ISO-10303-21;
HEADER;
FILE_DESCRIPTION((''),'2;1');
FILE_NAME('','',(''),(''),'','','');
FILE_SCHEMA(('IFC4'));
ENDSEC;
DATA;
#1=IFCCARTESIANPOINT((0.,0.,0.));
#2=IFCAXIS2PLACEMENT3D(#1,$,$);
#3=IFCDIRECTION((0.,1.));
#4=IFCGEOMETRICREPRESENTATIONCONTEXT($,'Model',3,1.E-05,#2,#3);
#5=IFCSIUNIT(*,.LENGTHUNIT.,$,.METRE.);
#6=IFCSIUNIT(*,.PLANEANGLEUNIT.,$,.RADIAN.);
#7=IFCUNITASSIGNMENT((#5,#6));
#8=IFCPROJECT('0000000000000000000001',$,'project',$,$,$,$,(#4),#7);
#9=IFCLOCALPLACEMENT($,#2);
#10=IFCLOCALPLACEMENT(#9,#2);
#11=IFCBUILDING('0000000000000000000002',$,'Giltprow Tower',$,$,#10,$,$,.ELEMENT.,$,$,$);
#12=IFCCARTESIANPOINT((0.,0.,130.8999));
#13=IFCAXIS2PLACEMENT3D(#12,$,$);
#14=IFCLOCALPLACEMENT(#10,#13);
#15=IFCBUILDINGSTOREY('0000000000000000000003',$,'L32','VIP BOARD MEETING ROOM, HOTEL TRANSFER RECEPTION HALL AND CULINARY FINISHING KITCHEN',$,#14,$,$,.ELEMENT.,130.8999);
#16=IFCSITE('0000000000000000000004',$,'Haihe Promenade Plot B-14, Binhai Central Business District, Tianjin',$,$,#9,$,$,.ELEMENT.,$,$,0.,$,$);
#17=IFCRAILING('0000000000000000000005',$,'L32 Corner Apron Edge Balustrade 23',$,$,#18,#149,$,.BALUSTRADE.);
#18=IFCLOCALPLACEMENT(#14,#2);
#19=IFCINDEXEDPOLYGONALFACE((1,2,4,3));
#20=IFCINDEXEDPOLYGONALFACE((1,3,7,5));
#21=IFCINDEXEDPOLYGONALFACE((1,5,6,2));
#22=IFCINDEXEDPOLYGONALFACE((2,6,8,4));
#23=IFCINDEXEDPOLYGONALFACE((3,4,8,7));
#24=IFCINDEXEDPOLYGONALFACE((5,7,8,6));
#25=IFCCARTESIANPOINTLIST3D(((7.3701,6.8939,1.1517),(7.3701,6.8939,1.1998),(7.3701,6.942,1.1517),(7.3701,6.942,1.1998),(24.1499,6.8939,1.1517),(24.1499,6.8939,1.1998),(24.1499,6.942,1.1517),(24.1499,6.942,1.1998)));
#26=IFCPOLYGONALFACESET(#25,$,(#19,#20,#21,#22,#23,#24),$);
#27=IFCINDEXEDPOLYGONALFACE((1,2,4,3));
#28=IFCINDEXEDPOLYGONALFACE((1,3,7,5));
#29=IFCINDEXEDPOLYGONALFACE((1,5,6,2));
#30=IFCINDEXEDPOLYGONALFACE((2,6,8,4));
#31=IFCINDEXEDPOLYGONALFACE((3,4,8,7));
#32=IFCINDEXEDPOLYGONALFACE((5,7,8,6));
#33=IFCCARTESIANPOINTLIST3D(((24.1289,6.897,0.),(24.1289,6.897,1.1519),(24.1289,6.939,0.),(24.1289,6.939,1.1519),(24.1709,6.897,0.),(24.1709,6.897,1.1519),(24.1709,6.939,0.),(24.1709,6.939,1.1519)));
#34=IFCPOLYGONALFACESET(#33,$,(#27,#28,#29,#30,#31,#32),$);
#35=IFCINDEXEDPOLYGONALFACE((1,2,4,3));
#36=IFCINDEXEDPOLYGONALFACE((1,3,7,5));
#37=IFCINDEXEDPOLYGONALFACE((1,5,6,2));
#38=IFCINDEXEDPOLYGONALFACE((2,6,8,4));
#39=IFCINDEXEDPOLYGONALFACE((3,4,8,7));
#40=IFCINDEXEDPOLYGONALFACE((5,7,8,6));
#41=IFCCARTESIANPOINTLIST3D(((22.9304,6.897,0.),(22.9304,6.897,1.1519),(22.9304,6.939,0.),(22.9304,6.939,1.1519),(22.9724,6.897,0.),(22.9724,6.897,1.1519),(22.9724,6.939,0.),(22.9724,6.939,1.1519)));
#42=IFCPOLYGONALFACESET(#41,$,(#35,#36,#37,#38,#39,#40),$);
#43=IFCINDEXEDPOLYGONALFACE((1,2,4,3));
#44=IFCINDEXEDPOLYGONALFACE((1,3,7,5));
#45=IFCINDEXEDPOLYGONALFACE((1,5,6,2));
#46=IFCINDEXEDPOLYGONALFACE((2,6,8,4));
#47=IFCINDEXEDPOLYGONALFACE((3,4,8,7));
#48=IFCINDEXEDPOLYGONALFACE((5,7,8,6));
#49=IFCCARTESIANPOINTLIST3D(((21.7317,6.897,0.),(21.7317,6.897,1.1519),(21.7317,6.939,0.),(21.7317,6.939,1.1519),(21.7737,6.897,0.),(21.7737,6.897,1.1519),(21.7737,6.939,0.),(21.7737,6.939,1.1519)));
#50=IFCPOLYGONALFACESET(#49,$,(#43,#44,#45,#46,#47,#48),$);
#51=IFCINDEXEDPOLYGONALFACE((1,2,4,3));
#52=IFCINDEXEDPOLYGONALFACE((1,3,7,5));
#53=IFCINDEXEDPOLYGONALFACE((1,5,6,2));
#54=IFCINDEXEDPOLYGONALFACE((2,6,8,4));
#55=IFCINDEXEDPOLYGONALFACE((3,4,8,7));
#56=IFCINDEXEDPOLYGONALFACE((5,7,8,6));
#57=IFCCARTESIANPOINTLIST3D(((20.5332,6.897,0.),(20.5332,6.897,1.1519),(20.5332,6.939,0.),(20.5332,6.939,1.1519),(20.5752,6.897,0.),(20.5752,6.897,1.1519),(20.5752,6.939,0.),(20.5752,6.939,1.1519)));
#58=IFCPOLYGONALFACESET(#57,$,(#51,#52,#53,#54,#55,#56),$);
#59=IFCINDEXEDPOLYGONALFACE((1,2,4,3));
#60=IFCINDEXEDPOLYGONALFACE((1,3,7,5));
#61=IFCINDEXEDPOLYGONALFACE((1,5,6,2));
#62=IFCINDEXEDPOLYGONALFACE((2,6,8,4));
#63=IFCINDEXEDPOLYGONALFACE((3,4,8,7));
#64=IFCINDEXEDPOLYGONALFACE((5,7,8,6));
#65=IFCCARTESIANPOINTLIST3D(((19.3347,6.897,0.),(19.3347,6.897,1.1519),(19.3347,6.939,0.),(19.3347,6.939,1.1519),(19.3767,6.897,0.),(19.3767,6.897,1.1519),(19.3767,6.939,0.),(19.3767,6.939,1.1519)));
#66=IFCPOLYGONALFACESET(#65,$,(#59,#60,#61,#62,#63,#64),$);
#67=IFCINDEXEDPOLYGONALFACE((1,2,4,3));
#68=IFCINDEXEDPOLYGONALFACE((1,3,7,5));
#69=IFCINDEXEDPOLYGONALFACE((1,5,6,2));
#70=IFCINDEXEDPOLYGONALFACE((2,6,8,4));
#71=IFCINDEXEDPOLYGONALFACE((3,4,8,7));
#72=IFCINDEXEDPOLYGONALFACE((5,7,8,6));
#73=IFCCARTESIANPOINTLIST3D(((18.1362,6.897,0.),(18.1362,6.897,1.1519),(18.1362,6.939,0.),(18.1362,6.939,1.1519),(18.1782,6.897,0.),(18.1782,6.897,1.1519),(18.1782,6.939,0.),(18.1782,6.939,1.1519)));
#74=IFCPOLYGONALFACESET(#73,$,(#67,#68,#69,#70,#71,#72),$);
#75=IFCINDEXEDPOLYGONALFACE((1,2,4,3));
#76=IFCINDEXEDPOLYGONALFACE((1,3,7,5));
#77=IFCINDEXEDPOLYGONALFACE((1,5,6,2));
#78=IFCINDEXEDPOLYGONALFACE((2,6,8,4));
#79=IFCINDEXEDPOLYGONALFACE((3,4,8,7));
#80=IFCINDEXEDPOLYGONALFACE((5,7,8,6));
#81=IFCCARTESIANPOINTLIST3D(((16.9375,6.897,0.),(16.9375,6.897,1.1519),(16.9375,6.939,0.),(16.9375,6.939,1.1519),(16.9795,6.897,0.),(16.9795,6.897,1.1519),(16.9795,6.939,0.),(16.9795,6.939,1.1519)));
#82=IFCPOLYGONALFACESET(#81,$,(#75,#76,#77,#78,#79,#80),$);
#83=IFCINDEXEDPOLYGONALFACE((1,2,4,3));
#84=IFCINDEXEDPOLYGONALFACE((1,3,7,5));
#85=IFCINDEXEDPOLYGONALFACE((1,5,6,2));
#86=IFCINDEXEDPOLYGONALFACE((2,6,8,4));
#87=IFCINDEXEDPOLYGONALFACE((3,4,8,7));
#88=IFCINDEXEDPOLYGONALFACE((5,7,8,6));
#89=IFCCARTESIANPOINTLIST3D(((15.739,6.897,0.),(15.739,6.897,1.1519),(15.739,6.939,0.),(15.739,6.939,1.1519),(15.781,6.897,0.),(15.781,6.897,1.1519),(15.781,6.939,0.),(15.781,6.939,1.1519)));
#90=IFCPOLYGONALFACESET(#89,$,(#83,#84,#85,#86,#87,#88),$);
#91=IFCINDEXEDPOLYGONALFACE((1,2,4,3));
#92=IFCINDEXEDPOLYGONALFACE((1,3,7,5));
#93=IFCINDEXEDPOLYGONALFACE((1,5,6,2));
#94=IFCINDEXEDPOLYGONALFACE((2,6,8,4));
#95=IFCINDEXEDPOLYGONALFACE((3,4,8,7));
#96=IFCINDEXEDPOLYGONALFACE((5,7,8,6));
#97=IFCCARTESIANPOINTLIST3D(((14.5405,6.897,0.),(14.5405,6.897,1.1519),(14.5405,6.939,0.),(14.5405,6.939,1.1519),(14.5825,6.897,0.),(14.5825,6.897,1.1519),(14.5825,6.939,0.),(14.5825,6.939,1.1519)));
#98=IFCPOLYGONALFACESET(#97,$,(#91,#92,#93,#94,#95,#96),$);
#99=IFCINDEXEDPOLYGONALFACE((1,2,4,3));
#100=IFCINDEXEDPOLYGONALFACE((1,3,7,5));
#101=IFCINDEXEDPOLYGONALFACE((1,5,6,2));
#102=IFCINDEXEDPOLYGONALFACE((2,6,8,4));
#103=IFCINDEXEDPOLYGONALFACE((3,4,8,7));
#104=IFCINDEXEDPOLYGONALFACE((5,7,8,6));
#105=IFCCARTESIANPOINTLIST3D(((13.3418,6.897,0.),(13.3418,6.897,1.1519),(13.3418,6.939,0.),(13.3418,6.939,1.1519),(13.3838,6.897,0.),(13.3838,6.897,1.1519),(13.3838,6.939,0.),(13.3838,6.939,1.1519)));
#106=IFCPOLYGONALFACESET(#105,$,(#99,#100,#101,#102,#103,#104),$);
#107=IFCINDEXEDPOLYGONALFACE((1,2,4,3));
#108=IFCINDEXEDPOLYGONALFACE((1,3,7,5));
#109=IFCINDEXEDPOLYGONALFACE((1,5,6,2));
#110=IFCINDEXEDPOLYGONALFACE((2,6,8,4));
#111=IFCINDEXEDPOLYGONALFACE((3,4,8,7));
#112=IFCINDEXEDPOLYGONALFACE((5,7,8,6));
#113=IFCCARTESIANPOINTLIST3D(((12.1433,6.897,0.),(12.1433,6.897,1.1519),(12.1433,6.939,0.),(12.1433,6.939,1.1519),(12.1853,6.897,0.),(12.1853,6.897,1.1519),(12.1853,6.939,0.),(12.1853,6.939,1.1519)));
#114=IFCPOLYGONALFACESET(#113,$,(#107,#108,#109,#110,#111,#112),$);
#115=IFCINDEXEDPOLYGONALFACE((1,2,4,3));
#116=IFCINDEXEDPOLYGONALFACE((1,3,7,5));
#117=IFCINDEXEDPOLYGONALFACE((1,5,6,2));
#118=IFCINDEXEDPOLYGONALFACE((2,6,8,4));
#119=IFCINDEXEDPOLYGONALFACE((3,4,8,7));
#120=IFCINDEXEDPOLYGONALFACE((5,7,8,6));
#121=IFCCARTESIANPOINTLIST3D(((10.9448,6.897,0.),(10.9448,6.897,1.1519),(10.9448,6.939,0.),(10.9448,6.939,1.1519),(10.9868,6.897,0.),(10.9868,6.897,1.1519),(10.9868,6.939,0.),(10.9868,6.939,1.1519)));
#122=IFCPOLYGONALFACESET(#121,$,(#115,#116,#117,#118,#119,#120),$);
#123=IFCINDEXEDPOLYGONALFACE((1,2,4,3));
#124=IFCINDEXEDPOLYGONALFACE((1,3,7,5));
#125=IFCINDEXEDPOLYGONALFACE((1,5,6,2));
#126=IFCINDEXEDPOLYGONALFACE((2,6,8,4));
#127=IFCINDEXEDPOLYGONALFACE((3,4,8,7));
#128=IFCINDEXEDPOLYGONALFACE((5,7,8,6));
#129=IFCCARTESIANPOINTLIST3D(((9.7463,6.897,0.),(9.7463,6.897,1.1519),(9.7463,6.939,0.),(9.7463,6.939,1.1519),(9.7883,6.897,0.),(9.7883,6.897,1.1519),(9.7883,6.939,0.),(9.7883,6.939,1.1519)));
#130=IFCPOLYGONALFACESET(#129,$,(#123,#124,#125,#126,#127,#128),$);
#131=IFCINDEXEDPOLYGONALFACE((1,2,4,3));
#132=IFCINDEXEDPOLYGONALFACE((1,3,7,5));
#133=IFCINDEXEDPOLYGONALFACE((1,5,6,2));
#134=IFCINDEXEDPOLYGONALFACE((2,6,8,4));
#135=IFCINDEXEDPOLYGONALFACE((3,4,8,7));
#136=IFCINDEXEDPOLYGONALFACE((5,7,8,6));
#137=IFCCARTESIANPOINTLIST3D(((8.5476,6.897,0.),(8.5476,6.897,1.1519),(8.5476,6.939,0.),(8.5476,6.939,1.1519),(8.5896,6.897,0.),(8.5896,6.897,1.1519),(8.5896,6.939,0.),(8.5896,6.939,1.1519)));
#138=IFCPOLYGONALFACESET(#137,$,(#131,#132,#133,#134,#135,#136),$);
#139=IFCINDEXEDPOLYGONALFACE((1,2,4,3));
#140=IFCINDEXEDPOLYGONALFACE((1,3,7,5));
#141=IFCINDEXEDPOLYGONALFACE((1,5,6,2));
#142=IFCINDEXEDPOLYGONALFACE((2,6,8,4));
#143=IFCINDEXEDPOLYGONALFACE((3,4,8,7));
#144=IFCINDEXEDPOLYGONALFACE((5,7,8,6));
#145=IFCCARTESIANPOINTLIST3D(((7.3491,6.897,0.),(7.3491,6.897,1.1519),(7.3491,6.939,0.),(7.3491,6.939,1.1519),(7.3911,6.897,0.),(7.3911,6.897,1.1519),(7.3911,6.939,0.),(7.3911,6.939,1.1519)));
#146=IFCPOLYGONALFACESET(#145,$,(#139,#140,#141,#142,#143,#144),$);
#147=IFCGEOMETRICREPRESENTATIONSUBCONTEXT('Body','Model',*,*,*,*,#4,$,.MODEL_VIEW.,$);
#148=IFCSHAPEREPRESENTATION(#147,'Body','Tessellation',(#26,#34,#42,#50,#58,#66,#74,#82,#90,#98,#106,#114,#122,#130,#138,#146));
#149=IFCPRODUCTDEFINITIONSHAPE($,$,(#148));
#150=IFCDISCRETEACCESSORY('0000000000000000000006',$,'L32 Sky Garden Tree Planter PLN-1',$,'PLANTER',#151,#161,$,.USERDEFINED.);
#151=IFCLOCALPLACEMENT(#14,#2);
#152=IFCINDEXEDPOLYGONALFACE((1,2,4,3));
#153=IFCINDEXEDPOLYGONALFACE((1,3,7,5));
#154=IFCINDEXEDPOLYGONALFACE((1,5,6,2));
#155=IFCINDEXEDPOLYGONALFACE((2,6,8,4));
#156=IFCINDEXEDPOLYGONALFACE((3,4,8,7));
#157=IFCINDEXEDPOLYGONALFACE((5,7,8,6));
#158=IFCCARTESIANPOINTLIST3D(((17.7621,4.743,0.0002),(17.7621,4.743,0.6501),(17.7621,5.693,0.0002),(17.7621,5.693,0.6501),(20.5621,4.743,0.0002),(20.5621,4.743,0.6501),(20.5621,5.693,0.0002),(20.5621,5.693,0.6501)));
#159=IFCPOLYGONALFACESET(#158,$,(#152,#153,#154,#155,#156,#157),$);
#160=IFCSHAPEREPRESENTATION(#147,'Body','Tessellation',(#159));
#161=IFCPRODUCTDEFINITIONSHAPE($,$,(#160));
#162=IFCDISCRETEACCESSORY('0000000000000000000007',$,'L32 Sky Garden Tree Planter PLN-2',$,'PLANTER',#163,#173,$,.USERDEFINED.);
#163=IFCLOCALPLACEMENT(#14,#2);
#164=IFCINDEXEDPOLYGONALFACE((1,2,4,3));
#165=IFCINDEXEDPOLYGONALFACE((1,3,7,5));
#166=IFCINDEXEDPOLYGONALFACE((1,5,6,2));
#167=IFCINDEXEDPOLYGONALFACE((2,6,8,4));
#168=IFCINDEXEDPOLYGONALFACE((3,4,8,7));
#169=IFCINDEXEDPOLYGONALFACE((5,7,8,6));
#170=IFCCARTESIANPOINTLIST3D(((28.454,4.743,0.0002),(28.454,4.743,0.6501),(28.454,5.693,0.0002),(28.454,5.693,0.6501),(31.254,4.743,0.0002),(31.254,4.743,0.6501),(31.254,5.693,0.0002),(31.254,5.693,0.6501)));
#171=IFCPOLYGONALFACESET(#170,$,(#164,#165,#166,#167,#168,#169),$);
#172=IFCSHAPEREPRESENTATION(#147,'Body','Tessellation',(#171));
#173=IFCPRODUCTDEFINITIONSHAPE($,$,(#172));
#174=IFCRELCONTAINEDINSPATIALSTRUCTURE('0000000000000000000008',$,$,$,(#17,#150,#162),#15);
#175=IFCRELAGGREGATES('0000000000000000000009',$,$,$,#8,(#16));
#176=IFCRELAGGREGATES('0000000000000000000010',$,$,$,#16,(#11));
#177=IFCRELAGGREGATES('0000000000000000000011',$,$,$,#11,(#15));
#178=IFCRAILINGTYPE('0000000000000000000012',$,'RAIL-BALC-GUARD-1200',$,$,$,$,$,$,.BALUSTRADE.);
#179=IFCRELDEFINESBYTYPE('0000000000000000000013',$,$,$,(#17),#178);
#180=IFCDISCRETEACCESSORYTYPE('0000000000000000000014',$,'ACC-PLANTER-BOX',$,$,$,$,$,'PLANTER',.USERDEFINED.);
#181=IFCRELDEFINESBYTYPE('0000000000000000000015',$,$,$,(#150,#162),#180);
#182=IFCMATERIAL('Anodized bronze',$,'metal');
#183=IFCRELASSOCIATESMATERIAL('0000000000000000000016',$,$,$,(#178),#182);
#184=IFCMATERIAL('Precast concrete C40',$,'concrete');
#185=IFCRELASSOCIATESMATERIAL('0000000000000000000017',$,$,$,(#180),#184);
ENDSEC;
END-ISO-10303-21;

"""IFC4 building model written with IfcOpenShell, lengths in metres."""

from ifc_helpers import new_model, si_unit, direction, frame, origin, origin_2d, place, context, subcontext, project, spatial, rectangle, extrude, source, transform, mapped, material, type_object, element, save


model = new_model("IFC4")

# Units and contexts
model_context = context("Model", 3, precision=1e-05, world=origin(), true_north=direction((0.0, 1.0)))
body_context = subcontext(model_context, "Body", "Model", "MODEL_VIEW")
ifc_project = project(units=[si_unit("LENGTHUNIT", "METRE"), si_unit("PLANEANGLEUNIT", "RADIAN")], contexts=[model_context])

# Site, building, storey
site_placement = place(None, origin())
site = spatial("IfcSite", under=ifc_project, at=site_placement, Name="Haihe Promenade Plot B-14, Binhai Central Business District, Tianjin", CompositionType="ELEMENT", RefElevation=0.0)
building_placement = place(site_placement, origin())
building = spatial("IfcBuilding", under=site, at=building_placement, Name="Giltprow Tower", CompositionType="ELEMENT")
storey_placement = place(building_placement, frame((0.0, 0.0, 130.8999)))
storey = spatial("IfcBuildingStorey", under=building, at=storey_placement, Name="L32", Description="VIP BOARD MEETING ROOM, HOTEL TRANSFER RECEPTION HALL AND CULINARY FINISHING KITCHEN", CompositionType="ELEMENT", Elevation=130.8999)

# Shared definitions
ifc_material_1 = material(Name="Anodized bronze", Category="metal")

# Shared definitions
ifc_material_2 = material(Name="Precast concrete C40", Category="concrete")

# Railing
railing_type = type_object("IfcRailingType", Name="RAIL-BALC-GUARD-1200", PredefinedType="BALUSTRADE", material=ifc_material_1)
railing_placement = place(storey_placement, frame((24.1499, 6.918, 0.0)))
element("IfcRailing", 1, at=railing_placement, inside=storey, type_object=railing_type, Name="L32 Corner Apron Edge Balustrade 23", PredefinedType="BALUSTRADE", context=body_context, shape_type="SweptSolid", body=[
    extrude(rectangle(XDim=0.0481, YDim=0.0481, at=origin_2d()), frame((0.0, 0.0, 1.1758), z_axis=(-1.0, 0.0, 0.0), x_axis=(0.0, -1.0, 0.0)), (0.0, 0.0, 1.0), 16.7798),
    extrude(rectangle(XDim=0.042, YDim=0.042, at=origin_2d()), origin(), (0.0, 0.0, 1.0), 1.1519),
    extrude(rectangle(XDim=0.042, YDim=0.042, at=origin_2d()), frame((-1.1985, 0.0, 0.0)), (0.0, 0.0, 1.0), 1.1519),
    extrude(rectangle(XDim=0.042, YDim=0.042, at=origin_2d()), frame((-2.3972, 0.0, 0.0)), (0.0, 0.0, 1.0), 1.1519),
    extrude(rectangle(XDim=0.042, YDim=0.042, at=origin_2d()), frame((-3.5957, 0.0, 0.0)), (0.0, 0.0, 1.0), 1.1519),
    extrude(rectangle(XDim=0.042, YDim=0.042, at=origin_2d()), frame((-4.7942, 0.0, 0.0)), (0.0, 0.0, 1.0), 1.1519),
    extrude(rectangle(XDim=0.042, YDim=0.042, at=origin_2d()), frame((-5.9927, 0.0, 0.0)), (0.0, 0.0, 1.0), 1.1519),
    extrude(rectangle(XDim=0.042, YDim=0.042, at=origin_2d()), frame((-7.1914, 0.0, 0.0)), (0.0, 0.0, 1.0), 1.1519),
    extrude(rectangle(XDim=0.042, YDim=0.042, at=origin_2d()), frame((-8.3899, 0.0, 0.0)), (0.0, 0.0, 1.0), 1.1519),
    extrude(rectangle(XDim=0.042, YDim=0.042, at=origin_2d()), frame((-9.5884, 0.0, 0.0)), (0.0, 0.0, 1.0), 1.1519),
    extrude(rectangle(XDim=0.042, YDim=0.042, at=origin_2d()), frame((-10.7871, 0.0, 0.0)), (0.0, 0.0, 1.0), 1.1519),
    extrude(rectangle(XDim=0.042, YDim=0.042, at=origin_2d()), frame((-11.9856, 0.0, 0.0)), (0.0, 0.0, 1.0), 1.1519),
    extrude(rectangle(XDim=0.042, YDim=0.042, at=origin_2d()), frame((-13.1841, 0.0, 0.0)), (0.0, 0.0, 1.0), 1.1519),
    extrude(rectangle(XDim=0.042, YDim=0.042, at=origin_2d()), frame((-14.3826, 0.0, 0.0)), (0.0, 0.0, 1.0), 1.1519),
    extrude(rectangle(XDim=0.042, YDim=0.042, at=origin_2d()), frame((-15.5813, 0.0, 0.0)), (0.0, 0.0, 1.0), 1.1519),
    extrude(rectangle(XDim=0.042, YDim=0.042, at=origin_2d()), frame((-16.7798, 0.0, 0.0)), (0.0, 0.0, 1.0), 1.1519),
])

# Discrete accessories
discrete_accessory_type = type_object("IfcDiscreteAccessoryType", Name="ACC-PLANTER-BOX", ElementType="PLANTER", PredefinedType="USERDEFINED", material=ifc_material_2)
shared_shape_1 = source(origin(), body_context, "Body", "SweptSolid", [
    extrude(rectangle(XDim=2.8, YDim=0.95, at=origin_2d()), origin(), (0.0, 0.0, 1.0), 0.6499),
])
for number, where, z_axis, x_axis, name in (
    (2, (19.1621, 5.218, 0.0002), (0.0, 0.0, 1.0), (1.0, 0.0, 0.0), "L32 Sky Garden Tree Planter PLN-1"),
    (3, (29.854, 5.218, 0.0002), (0.0, 0.0, 1.0), (1.0, 0.0, 0.0), "L32 Sky Garden Tree Planter PLN-2"),
):
    element("IfcDiscreteAccessory", number, at=place(storey_placement, frame(where, z_axis=z_axis, x_axis=x_axis)), inside=storey, type_object=discrete_accessory_type, Name=name, ObjectType="PLANTER", PredefinedType="USERDEFINED", context=body_context, shape_type="MappedRepresentation", body=[
        mapped(shared_shape_1, transform((0.0, 0.0, 0.0), x_axis=(1.0, 0.0, 0.0), y_axis=(0.0, 1.0, 0.0), z_axis=(0.0, 0.0, 1.0), scale=1.0)),
    ])

save(model, "model.ifc")
